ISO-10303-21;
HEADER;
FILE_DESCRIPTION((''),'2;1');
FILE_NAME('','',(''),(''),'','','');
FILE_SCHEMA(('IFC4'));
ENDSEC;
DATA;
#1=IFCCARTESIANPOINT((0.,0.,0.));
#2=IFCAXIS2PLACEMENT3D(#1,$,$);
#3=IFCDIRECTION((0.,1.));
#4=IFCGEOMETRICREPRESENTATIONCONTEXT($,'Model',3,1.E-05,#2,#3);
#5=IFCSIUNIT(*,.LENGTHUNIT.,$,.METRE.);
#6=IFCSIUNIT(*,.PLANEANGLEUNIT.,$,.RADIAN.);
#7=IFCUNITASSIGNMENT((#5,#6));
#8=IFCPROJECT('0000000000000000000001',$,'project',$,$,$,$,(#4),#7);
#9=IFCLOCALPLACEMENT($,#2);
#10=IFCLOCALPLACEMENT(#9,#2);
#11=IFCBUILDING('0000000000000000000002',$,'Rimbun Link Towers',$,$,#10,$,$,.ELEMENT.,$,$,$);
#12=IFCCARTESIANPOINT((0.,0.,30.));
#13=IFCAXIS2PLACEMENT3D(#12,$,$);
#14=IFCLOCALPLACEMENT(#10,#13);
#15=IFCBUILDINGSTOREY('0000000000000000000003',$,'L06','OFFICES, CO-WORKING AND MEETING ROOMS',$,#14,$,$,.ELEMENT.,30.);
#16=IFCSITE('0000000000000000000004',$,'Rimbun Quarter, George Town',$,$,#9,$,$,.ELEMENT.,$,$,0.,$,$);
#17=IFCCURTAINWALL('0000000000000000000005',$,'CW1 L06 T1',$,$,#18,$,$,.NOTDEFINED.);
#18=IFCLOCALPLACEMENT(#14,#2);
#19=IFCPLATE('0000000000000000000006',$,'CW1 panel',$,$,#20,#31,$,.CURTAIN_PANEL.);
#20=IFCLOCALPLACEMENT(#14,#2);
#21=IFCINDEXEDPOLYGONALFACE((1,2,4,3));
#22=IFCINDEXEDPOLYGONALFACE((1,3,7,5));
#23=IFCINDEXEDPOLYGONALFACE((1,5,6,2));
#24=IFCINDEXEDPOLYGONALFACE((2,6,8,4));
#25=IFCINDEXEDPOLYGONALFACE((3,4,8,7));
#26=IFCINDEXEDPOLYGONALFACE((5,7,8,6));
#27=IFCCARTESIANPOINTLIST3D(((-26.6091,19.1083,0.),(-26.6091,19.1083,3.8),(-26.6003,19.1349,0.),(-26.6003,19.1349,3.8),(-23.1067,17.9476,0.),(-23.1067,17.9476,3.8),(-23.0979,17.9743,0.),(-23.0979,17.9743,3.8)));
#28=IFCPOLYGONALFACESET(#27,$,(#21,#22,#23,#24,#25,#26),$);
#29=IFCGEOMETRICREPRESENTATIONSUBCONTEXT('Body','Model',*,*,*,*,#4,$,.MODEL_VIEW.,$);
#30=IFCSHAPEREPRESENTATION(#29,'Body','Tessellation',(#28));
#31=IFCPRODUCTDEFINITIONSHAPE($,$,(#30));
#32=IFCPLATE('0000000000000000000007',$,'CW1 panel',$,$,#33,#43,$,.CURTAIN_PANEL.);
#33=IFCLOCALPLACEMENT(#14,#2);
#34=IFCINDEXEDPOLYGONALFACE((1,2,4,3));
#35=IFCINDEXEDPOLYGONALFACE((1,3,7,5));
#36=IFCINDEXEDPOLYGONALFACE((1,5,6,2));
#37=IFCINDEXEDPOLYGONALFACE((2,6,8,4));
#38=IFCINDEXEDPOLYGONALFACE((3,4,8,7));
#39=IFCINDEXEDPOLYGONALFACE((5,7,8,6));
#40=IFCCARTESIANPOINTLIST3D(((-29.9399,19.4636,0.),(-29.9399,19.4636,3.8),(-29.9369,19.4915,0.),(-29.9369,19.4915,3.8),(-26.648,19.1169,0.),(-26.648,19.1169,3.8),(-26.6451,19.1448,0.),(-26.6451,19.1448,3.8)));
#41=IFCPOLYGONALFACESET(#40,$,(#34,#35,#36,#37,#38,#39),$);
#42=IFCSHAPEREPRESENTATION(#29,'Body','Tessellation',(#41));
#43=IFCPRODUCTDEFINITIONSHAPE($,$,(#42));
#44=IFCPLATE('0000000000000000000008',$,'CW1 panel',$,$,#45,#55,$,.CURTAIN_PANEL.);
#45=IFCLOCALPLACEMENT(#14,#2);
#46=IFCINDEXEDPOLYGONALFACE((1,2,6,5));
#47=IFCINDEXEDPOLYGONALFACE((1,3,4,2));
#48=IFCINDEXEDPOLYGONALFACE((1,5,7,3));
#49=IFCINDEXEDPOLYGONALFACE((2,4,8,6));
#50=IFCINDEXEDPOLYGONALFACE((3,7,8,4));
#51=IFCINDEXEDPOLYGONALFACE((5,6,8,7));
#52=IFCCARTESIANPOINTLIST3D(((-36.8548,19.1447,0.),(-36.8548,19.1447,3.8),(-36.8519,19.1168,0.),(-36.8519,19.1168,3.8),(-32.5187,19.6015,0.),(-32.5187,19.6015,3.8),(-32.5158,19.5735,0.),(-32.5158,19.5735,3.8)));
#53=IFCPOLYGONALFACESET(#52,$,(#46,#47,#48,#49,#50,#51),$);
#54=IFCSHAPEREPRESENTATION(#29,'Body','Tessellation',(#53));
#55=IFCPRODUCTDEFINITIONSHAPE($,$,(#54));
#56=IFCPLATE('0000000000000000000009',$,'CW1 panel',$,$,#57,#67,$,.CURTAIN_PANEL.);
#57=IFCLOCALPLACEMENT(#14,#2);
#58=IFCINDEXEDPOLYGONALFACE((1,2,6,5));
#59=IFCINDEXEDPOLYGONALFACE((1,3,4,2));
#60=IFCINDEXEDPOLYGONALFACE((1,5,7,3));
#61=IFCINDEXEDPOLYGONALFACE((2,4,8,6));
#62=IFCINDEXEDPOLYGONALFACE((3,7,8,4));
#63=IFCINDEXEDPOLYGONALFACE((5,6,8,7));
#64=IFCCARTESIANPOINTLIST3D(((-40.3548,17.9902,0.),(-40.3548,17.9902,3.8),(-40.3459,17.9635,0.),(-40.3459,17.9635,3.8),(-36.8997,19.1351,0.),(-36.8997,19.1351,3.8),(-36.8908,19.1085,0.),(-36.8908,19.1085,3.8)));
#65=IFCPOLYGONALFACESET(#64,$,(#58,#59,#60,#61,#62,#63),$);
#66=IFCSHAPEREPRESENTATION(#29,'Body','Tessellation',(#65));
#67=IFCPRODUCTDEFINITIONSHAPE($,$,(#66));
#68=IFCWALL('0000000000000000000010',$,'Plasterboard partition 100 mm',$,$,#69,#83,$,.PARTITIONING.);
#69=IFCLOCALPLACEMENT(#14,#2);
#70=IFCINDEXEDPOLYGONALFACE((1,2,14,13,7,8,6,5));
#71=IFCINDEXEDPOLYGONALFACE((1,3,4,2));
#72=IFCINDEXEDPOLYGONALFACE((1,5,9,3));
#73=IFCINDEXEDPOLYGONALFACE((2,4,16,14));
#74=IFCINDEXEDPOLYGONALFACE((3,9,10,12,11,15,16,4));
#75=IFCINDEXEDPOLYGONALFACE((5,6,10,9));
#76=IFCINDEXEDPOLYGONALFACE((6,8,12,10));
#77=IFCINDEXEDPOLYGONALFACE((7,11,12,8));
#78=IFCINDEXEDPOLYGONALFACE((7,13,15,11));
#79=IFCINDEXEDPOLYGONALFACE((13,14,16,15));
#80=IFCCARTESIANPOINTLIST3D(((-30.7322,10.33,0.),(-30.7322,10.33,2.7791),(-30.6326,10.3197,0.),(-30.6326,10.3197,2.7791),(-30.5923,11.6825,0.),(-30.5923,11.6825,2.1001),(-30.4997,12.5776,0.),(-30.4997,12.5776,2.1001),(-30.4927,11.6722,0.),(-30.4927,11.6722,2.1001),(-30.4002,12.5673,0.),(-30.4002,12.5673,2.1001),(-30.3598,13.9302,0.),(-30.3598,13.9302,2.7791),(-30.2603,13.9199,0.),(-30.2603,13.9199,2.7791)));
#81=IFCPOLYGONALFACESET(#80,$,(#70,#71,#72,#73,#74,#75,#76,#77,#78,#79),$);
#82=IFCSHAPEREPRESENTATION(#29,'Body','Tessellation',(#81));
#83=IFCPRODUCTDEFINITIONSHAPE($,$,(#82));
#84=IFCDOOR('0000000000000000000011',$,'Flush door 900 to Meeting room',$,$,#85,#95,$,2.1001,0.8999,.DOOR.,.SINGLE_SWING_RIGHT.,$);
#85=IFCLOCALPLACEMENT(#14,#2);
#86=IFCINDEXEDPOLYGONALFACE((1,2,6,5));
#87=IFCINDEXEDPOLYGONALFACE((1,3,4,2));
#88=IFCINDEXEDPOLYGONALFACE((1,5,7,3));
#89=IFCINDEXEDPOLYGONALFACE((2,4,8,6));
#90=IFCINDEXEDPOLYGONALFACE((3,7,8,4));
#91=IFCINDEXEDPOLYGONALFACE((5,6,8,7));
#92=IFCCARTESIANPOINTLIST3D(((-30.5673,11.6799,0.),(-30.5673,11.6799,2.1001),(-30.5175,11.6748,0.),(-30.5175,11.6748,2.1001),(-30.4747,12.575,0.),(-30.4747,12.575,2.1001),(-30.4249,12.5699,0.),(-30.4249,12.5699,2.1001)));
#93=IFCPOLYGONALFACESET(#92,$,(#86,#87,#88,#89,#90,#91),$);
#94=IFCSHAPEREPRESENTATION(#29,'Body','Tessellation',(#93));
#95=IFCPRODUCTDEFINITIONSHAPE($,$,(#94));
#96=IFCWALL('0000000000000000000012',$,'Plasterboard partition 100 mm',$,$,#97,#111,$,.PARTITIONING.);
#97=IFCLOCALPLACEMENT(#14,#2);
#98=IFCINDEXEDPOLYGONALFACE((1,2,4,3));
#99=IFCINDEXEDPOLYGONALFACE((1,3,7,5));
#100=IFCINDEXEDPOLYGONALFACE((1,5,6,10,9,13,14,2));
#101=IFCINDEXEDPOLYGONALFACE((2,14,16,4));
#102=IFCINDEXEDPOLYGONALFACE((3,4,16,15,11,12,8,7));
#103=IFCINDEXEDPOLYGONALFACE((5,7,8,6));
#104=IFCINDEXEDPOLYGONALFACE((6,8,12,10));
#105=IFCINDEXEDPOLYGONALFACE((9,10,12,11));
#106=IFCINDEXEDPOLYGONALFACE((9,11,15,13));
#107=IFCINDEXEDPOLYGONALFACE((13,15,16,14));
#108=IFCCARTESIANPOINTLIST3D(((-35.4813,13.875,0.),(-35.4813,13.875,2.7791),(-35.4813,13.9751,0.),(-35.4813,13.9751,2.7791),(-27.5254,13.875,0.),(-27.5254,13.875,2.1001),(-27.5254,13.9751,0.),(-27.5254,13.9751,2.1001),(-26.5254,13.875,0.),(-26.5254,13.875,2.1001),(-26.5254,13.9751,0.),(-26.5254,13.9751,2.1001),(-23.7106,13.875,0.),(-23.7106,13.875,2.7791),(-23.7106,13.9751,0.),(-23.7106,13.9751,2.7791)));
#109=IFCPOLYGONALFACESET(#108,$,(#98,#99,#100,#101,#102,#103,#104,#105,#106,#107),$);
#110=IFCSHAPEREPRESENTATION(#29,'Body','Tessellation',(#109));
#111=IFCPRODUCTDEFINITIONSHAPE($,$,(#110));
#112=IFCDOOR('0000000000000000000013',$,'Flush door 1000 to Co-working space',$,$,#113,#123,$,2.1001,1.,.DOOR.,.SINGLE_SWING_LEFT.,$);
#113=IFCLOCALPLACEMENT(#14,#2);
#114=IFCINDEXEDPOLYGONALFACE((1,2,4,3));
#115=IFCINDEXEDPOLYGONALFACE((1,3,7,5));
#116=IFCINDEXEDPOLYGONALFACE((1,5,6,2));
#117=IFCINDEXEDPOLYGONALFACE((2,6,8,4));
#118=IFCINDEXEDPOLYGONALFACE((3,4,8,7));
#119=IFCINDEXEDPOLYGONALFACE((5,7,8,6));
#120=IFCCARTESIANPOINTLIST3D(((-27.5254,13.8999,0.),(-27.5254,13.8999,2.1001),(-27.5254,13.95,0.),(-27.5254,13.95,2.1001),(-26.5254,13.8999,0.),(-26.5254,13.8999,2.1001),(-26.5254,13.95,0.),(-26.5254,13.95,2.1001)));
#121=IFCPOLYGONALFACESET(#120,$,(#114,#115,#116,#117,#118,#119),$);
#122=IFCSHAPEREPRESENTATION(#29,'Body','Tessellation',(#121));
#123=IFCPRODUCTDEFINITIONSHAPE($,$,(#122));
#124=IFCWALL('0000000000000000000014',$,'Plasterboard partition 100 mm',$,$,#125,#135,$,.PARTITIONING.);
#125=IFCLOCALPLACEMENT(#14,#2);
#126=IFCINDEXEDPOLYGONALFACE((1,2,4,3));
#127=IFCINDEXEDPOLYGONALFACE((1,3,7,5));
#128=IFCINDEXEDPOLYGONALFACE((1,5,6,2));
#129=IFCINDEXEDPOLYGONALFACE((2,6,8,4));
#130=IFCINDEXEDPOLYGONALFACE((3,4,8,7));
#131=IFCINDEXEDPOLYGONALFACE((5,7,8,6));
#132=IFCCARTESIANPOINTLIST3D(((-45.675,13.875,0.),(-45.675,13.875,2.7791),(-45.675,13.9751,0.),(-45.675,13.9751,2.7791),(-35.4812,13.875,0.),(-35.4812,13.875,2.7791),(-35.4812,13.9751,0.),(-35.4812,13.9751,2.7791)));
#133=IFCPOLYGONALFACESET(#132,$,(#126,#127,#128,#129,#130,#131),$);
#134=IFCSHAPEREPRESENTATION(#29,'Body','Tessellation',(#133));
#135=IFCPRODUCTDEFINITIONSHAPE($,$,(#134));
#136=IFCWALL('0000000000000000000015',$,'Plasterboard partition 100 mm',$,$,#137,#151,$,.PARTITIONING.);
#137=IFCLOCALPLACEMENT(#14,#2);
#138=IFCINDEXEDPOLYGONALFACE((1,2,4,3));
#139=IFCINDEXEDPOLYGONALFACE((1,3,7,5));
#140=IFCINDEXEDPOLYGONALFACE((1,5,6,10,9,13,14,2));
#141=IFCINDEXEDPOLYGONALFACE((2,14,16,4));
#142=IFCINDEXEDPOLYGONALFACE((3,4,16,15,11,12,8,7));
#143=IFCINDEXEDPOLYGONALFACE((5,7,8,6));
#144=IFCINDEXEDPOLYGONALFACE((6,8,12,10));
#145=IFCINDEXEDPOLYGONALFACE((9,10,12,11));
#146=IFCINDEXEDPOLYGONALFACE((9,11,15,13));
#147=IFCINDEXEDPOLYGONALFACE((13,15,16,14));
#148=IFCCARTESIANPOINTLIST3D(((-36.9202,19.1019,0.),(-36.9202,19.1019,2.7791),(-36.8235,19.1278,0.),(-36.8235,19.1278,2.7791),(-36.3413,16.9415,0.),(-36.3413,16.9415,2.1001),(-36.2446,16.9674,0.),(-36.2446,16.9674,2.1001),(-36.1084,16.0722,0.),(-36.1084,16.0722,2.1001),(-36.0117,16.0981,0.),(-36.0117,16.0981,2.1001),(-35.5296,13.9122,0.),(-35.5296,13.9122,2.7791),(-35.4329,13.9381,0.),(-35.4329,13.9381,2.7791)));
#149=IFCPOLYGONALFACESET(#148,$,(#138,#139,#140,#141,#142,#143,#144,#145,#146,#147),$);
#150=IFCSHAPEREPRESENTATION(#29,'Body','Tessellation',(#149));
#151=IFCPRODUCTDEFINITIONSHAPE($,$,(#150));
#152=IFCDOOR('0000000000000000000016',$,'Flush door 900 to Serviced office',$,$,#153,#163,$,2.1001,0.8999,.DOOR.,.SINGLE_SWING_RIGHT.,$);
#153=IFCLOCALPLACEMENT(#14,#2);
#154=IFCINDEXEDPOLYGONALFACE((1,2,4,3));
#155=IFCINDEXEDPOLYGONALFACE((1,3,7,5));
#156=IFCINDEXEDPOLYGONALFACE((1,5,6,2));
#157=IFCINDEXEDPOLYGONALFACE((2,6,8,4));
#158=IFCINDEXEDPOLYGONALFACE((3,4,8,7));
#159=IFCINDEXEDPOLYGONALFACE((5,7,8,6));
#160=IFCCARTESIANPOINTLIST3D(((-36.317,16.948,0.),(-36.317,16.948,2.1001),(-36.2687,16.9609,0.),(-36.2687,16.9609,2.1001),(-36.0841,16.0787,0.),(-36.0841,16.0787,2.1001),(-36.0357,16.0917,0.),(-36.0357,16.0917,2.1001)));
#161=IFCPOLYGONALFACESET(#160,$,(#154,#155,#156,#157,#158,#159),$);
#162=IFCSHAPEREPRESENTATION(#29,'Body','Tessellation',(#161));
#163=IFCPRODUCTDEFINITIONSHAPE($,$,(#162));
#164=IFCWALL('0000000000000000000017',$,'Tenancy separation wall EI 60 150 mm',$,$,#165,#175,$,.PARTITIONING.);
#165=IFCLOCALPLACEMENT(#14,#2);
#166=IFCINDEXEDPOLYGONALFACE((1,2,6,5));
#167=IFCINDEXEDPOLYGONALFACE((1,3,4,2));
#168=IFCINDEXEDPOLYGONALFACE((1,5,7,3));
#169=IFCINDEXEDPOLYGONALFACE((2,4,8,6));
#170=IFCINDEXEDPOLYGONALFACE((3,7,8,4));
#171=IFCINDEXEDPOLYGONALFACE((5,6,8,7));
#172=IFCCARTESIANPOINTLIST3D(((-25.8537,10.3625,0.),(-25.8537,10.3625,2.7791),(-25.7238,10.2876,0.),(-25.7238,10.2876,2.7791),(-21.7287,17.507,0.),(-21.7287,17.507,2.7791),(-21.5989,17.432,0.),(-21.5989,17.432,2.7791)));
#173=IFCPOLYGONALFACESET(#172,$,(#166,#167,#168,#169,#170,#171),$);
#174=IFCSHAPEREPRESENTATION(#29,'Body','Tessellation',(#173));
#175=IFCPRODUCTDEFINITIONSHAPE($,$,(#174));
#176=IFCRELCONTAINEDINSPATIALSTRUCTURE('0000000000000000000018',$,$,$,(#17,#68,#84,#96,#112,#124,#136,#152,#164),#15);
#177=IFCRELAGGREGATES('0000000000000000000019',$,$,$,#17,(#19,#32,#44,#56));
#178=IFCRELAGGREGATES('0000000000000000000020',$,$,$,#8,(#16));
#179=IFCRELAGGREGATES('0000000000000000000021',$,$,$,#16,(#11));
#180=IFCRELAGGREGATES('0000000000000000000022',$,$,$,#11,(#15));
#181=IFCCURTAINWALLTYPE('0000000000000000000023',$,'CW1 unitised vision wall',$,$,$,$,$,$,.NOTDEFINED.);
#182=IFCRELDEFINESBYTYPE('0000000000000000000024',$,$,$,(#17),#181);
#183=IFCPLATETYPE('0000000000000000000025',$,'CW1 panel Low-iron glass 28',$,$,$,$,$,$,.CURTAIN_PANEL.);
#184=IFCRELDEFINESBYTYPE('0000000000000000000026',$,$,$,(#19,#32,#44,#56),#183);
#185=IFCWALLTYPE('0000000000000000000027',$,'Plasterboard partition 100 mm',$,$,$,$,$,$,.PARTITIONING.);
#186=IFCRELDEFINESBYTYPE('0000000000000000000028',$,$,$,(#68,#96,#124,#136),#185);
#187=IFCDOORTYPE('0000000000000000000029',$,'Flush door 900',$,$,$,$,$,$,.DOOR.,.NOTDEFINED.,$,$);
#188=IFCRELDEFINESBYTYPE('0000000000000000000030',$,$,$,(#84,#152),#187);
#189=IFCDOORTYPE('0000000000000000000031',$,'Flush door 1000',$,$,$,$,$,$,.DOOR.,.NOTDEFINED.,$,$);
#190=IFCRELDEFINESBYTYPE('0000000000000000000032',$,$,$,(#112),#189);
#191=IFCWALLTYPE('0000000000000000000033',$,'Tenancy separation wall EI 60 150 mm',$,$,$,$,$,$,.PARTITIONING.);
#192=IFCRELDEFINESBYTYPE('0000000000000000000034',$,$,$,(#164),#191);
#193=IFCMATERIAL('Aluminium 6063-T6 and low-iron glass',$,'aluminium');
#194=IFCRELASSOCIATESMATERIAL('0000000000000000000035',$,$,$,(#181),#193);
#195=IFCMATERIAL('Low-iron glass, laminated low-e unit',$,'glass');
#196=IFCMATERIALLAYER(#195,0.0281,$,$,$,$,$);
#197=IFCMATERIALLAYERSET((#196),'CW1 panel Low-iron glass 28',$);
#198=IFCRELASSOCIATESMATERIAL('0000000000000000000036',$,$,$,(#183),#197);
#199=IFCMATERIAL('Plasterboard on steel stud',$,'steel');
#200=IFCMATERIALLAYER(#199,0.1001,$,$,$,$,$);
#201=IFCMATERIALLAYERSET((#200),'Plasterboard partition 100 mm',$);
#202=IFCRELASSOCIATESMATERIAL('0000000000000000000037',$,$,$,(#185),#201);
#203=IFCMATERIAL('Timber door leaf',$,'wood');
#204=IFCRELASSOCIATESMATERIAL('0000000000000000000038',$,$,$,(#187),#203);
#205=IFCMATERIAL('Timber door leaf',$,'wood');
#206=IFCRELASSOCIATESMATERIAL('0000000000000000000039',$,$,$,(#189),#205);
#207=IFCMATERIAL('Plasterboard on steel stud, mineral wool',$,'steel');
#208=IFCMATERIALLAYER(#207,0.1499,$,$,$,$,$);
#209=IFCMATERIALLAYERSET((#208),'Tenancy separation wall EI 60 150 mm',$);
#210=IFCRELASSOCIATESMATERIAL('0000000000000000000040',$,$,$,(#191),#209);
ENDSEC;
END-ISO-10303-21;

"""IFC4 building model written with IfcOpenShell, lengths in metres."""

from ifc_helpers import new_model, si_unit, direction, frame, frame_2d, origin, origin_2d, place, context, subcontext, project, spatial, rectangle, extrude, material, layer, layer_set, type_object, element, fill, aggregate, save


model = new_model("IFC4")

# Units and contexts
model_context = context("Model", 3, precision=1e-05, world=origin(), true_north=direction((0.0, 1.0)))
body_context = subcontext(model_context, "Body", "Model", "MODEL_VIEW")
ifc_project = project(units=[si_unit("LENGTHUNIT", "METRE"), si_unit("PLANEANGLEUNIT", "RADIAN")], contexts=[model_context])

# Site, building, storey
site_placement = place(None, origin())
site = spatial("IfcSite", under=ifc_project, at=site_placement, Name="Rimbun Quarter, George Town", CompositionType="ELEMENT", RefElevation=0.0)
building_placement = place(site_placement, origin())
building = spatial("IfcBuilding", under=site, at=building_placement, Name="Rimbun Link Towers", CompositionType="ELEMENT")
storey_placement = place(building_placement, frame((0.0, 0.0, 30.0)))
storey = spatial("IfcBuildingStorey", under=building, at=storey_placement, Name="L06", Description="OFFICES, CO-WORKING AND MEETING ROOMS", CompositionType="ELEMENT", Elevation=30.0)

# Curtain wall
ifc_material_1 = material(Name="Aluminium 6063-T6 and low-iron glass", Category="aluminium")
curtain_wall_type = type_object("IfcCurtainWallType", Name="CW1 unitised vision wall", PredefinedType="NOTDEFINED", material=ifc_material_1)
curtain_wall_placement = place(storey_placement, origin())
curtain_wall = element("IfcCurtainWall", 1, at=curtain_wall_placement, inside=storey, type_object=curtain_wall_type, Name="CW1 L06 T1", PredefinedType="NOTDEFINED")

# Plates
ifc_material_2 = material(Name="Low-iron glass, laminated low-e unit", Category="glass")
ifc_layer_1 = layer(ifc_material_2, 0.0281)
ifc_layer_set_1 = layer_set([ifc_layer_1], Name="CW1 panel Low-iron glass 28")
plate_type = type_object("IfcPlateType", Name="CW1 panel Low-iron glass 28", PredefinedType="CURTAIN_PANEL", material=ifc_layer_set_1)
plate_1_placement = place(storey_placement, frame((-24.8535, 18.5413, 0.0), z_axis=(0.0, 0.0, 1.0), x_axis=(0.949236, -0.314564, 0.0)))
plate_1 = element("IfcPlate", 2, at=plate_1_placement, type_object=plate_type, Name="CW1 panel", PredefinedType="CURTAIN_PANEL", context=body_context, shape_type="SweptSolid", body=[
    extrude(rectangle(XDim=3.6897, YDim=0.0281, at=origin_2d()), origin(), (0.0, 0.0, 1.0), 3.8),
])
plate_2_placement = place(storey_placement, frame((-28.2925, 19.3042, 0.0), z_axis=(0.0, 0.0, 1.0), x_axis=(0.994498, -0.104755, 0.0)))
plate_2 = element("IfcPlate", 3, at=plate_2_placement, type_object=plate_type, Name="CW1 panel", PredefinedType="CURTAIN_PANEL", context=body_context, shape_type="SweptSolid", body=[
    extrude(rectangle(XDim=3.3101, YDim=0.0281, at=origin_2d()), origin(), (0.0, 0.0, 1.0), 3.8),
])
plate_3_placement = place(storey_placement, frame((-34.6853, 19.3591, 0.0), z_axis=(0.0, 0.0, 1.0), x_axis=(0.994498, 0.104755, 0.0)))
plate_3 = element("IfcPlate", 4, at=plate_3_placement, type_object=plate_type, Name="CW1 panel", PredefinedType="CURTAIN_PANEL", context=body_context, shape_type="SweptSolid", body=[
    extrude(rectangle(XDim=4.3601, YDim=0.0281, at=origin_2d()), origin(), (0.0, 0.0, 1.0), 3.8),
])
plate_4_placement = place(storey_placement, frame((-38.6228, 18.5493, 0.0), z_axis=(0.0, 0.0, 1.0), x_axis=(0.949236, 0.314564, 0.0)))
plate_4 = element("IfcPlate", 5, at=plate_4_placement, type_object=plate_type, Name="CW1 panel", PredefinedType="CURTAIN_PANEL", context=body_context, shape_type="SweptSolid", body=[
    extrude(rectangle(XDim=3.6399, YDim=0.0281, at=origin_2d()), origin(), (0.0, 0.0, 1.0), 3.8),
])
aggregate(curtain_wall, [plate_1, plate_2, plate_3, plate_4])

# Walls, openings, doors
ifc_material_3 = material(Name="Plasterboard on steel stud", Category="steel")
ifc_layer_2 = layer(ifc_material_3, 0.1001)
ifc_layer_set_2 = layer_set([ifc_layer_2], Name="Plasterboard partition 100 mm")
wall_type_1 = type_object("IfcWallType", Name="Plasterboard partition 100 mm", PredefinedType="PARTITIONING", material=ifc_layer_set_2)
wall_1_placement = place(storey_placement, frame((-30.6824, 10.325, 0.0), z_axis=(0.0, 0.0, 1.0), x_axis=(0.102869, 0.994695, 0.0)))
wall_1 = element("IfcWall", 6, at=wall_1_placement, inside=storey, type_object=wall_type_1, Name="Plasterboard partition 100 mm", PredefinedType="PARTITIONING", context=body_context, shape_type="SweptSolid", body=[
    extrude(rectangle(XDim=3.6194, YDim=0.1001, at=frame_2d((1.8096, 0.0))), origin(), (0.0, 0.0, 1.0), 2.7791),
])
opening_1_placement = place(wall_1_placement, frame((1.3596, 0.0, 0.0)))
opening_1 = element("IfcOpeningElement", 7, at=opening_1_placement, cuts=wall_1, PredefinedType="OPENING", context=body_context, shape_type="SweptSolid", body=[
    extrude(rectangle(XDim=0.8999, YDim=2.1001, at=frame_2d((0.45, 1.05))), frame((0.0, 0.0601, 0.0), z_axis=(0.0, -1.0, 0.0), x_axis=(1.0, 0.0, 0.0)), (0.0, 0.0, 1.0), 0.1201),
])
ifc_material_4 = material(Name="Timber door leaf", Category="wood")
door_type_1 = type_object("IfcDoorType", Name="Flush door 900", OperationType="NOTDEFINED", PredefinedType="DOOR", material=ifc_material_4)
door_1_placement = place(opening_1_placement, origin())
door_1 = element("IfcDoor", 8, at=door_1_placement, inside=storey, type_object=door_type_1, Name="Flush door 900 to Meeting room", OperationType="SINGLE_SWING_RIGHT", OverallHeight=2.1001, OverallWidth=0.8999, PredefinedType="DOOR", context=body_context, shape_type="SweptSolid", body=[
    extrude(rectangle(XDim=0.8999, YDim=2.1001, at=frame_2d((0.45, 1.05))), frame((0.0, 0.0249, 0.0), z_axis=(0.0, -1.0, 0.0), x_axis=(1.0, 0.0, 0.0)), (0.0, 0.0, 1.0), 0.05),
])
fill(opening_1, door_1)
wall_2_placement = place(storey_placement, frame((-35.4812, 13.925, 0.0), z_axis=(0.0, 0.0, 1.0), x_axis=(1.0, 0.0, 0.0)))
wall_2 = element("IfcWall", 9, at=wall_2_placement, inside=storey, type_object=wall_type_1, Name="Plasterboard partition 100 mm", PredefinedType="PARTITIONING", context=body_context, shape_type="SweptSolid", body=[
    extrude(rectangle(XDim=11.7708, YDim=0.1001, at=frame_2d((5.8853, 0.0))), origin(), (0.0, 0.0, 1.0), 2.7791),
])
opening_2_placement = place(wall_2_placement, frame((7.9558, 0.0, 0.0)))
opening_2 = element("IfcOpeningElement", 10, at=opening_2_placement, cuts=wall_2, PredefinedType="OPENING", context=body_context, shape_type="SweptSolid", body=[
    extrude(rectangle(XDim=1.0, YDim=2.1001, at=frame_2d((0.5, 1.05))), frame((0.0, 0.0601, 0.0), z_axis=(0.0, -1.0, 0.0), x_axis=(1.0, 0.0, 0.0)), (0.0, 0.0, 1.0), 0.1201),
])
ifc_material_5 = material(Name="Timber door leaf", Category="wood")
door_type_2 = type_object("IfcDoorType", Name="Flush door 1000", OperationType="NOTDEFINED", PredefinedType="DOOR", material=ifc_material_5)
door_2_placement = place(opening_2_placement, origin())
door_2 = element("IfcDoor", 11, at=door_2_placement, inside=storey, type_object=door_type_2, Name="Flush door 1000 to Co-working space", OperationType="SINGLE_SWING_LEFT", OverallHeight=2.1001, OverallWidth=1.0, PredefinedType="DOOR", context=body_context, shape_type="SweptSolid", body=[
    extrude(rectangle(XDim=1.0, YDim=2.1001, at=frame_2d((0.5, 1.05))), frame((0.0, 0.0249, 0.0), z_axis=(0.0, -1.0, 0.0), x_axis=(1.0, 0.0, 0.0)), (0.0, 0.0, 1.0), 0.05),
])
fill(opening_2, door_2)

# Wall
wall_3_placement = place(storey_placement, frame((-35.4812, 13.925, 0.0), z_axis=(0.0, 0.0, 1.0), x_axis=(-1.0, 0.0, 0.0)))
element("IfcWall", 12, at=wall_3_placement, inside=storey, type_object=wall_type_1, Name="Plasterboard partition 100 mm", PredefinedType="PARTITIONING", context=body_context, shape_type="SweptSolid", body=[
    extrude(rectangle(XDim=10.1938, YDim=0.1001, at=frame_2d((5.0969, 0.0))), origin(), (0.0, 0.0, 1.0), 2.7791),
])

# Wall, opening, door
wall_4_placement = place(storey_placement, frame((-35.4812, 13.925, 0.0), z_axis=(0.0, 0.0, 1.0), x_axis=(-0.258828, 0.965924, 0.0)))
wall_4 = element("IfcWall", 13, at=wall_4_placement, inside=storey, type_object=wall_type_1, Name="Plasterboard partition 100 mm", PredefinedType="PARTITIONING", context=body_context, shape_type="SweptSolid", body=[
    extrude(rectangle(XDim=5.3728, YDim=0.1001, at=frame_2d((2.6865, 0.0))), origin(), (0.0, 0.0, 1.0), 2.7791),
])
opening_3_placement = place(wall_4_placement, frame((2.2363, 0.0, 0.0)))
opening_3 = element("IfcOpeningElement", 14, at=opening_3_placement, cuts=wall_4, PredefinedType="OPENING", context=body_context, shape_type="SweptSolid", body=[
    extrude(rectangle(XDim=0.8999, YDim=2.1001, at=frame_2d((0.45, 1.05))), frame((0.0, 0.0601, 0.0), z_axis=(0.0, -1.0, 0.0), x_axis=(1.0, 0.0, 0.0)), (0.0, 0.0, 1.0), 0.1201),
])
door_3_placement = place(opening_3_placement, origin())
door_3 = element("IfcDoor", 15, at=door_3_placement, inside=storey, type_object=door_type_1, Name="Flush door 900 to Serviced office", OperationType="SINGLE_SWING_RIGHT", OverallHeight=2.1001, OverallWidth=0.8999, PredefinedType="DOOR", context=body_context, shape_type="SweptSolid", body=[
    extrude(rectangle(XDim=0.8999, YDim=2.1001, at=frame_2d((0.45, 1.05))), frame((0.0, 0.0249, 0.0), z_axis=(0.0, -1.0, 0.0), x_axis=(1.0, 0.0, 0.0)), (0.0, 0.0, 1.0), 0.05),
])
fill(opening_3, door_3)

# Wall
ifc_material_6 = material(Name="Plasterboard on steel stud, mineral wool", Category="steel")
ifc_layer_3 = layer(ifc_material_6, 0.1499)
ifc_layer_set_3 = layer_set([ifc_layer_3], Name="Tenancy separation wall EI 60 150 mm")
wall_type_2 = type_object("IfcWallType", Name="Tenancy separation wall EI 60 150 mm", PredefinedType="PARTITIONING", material=ifc_layer_set_3)
wall_5_placement = place(storey_placement, frame((-25.7888, 10.325, 0.0), z_axis=(0.0, 0.0, 1.0), x_axis=(0.500009, 0.86602, 0.0)))
element("IfcWall", 16, at=wall_5_placement, inside=storey, type_object=wall_type_2, Name="Tenancy separation wall EI 60 150 mm", PredefinedType="PARTITIONING", context=body_context, shape_type="SweptSolid", body=[
    extrude(rectangle(XDim=8.2498, YDim=0.1499, at=frame_2d((4.125, 0.0))), origin(), (0.0, 0.0, 1.0), 2.7791),
])

save(model, "model.ifc")
